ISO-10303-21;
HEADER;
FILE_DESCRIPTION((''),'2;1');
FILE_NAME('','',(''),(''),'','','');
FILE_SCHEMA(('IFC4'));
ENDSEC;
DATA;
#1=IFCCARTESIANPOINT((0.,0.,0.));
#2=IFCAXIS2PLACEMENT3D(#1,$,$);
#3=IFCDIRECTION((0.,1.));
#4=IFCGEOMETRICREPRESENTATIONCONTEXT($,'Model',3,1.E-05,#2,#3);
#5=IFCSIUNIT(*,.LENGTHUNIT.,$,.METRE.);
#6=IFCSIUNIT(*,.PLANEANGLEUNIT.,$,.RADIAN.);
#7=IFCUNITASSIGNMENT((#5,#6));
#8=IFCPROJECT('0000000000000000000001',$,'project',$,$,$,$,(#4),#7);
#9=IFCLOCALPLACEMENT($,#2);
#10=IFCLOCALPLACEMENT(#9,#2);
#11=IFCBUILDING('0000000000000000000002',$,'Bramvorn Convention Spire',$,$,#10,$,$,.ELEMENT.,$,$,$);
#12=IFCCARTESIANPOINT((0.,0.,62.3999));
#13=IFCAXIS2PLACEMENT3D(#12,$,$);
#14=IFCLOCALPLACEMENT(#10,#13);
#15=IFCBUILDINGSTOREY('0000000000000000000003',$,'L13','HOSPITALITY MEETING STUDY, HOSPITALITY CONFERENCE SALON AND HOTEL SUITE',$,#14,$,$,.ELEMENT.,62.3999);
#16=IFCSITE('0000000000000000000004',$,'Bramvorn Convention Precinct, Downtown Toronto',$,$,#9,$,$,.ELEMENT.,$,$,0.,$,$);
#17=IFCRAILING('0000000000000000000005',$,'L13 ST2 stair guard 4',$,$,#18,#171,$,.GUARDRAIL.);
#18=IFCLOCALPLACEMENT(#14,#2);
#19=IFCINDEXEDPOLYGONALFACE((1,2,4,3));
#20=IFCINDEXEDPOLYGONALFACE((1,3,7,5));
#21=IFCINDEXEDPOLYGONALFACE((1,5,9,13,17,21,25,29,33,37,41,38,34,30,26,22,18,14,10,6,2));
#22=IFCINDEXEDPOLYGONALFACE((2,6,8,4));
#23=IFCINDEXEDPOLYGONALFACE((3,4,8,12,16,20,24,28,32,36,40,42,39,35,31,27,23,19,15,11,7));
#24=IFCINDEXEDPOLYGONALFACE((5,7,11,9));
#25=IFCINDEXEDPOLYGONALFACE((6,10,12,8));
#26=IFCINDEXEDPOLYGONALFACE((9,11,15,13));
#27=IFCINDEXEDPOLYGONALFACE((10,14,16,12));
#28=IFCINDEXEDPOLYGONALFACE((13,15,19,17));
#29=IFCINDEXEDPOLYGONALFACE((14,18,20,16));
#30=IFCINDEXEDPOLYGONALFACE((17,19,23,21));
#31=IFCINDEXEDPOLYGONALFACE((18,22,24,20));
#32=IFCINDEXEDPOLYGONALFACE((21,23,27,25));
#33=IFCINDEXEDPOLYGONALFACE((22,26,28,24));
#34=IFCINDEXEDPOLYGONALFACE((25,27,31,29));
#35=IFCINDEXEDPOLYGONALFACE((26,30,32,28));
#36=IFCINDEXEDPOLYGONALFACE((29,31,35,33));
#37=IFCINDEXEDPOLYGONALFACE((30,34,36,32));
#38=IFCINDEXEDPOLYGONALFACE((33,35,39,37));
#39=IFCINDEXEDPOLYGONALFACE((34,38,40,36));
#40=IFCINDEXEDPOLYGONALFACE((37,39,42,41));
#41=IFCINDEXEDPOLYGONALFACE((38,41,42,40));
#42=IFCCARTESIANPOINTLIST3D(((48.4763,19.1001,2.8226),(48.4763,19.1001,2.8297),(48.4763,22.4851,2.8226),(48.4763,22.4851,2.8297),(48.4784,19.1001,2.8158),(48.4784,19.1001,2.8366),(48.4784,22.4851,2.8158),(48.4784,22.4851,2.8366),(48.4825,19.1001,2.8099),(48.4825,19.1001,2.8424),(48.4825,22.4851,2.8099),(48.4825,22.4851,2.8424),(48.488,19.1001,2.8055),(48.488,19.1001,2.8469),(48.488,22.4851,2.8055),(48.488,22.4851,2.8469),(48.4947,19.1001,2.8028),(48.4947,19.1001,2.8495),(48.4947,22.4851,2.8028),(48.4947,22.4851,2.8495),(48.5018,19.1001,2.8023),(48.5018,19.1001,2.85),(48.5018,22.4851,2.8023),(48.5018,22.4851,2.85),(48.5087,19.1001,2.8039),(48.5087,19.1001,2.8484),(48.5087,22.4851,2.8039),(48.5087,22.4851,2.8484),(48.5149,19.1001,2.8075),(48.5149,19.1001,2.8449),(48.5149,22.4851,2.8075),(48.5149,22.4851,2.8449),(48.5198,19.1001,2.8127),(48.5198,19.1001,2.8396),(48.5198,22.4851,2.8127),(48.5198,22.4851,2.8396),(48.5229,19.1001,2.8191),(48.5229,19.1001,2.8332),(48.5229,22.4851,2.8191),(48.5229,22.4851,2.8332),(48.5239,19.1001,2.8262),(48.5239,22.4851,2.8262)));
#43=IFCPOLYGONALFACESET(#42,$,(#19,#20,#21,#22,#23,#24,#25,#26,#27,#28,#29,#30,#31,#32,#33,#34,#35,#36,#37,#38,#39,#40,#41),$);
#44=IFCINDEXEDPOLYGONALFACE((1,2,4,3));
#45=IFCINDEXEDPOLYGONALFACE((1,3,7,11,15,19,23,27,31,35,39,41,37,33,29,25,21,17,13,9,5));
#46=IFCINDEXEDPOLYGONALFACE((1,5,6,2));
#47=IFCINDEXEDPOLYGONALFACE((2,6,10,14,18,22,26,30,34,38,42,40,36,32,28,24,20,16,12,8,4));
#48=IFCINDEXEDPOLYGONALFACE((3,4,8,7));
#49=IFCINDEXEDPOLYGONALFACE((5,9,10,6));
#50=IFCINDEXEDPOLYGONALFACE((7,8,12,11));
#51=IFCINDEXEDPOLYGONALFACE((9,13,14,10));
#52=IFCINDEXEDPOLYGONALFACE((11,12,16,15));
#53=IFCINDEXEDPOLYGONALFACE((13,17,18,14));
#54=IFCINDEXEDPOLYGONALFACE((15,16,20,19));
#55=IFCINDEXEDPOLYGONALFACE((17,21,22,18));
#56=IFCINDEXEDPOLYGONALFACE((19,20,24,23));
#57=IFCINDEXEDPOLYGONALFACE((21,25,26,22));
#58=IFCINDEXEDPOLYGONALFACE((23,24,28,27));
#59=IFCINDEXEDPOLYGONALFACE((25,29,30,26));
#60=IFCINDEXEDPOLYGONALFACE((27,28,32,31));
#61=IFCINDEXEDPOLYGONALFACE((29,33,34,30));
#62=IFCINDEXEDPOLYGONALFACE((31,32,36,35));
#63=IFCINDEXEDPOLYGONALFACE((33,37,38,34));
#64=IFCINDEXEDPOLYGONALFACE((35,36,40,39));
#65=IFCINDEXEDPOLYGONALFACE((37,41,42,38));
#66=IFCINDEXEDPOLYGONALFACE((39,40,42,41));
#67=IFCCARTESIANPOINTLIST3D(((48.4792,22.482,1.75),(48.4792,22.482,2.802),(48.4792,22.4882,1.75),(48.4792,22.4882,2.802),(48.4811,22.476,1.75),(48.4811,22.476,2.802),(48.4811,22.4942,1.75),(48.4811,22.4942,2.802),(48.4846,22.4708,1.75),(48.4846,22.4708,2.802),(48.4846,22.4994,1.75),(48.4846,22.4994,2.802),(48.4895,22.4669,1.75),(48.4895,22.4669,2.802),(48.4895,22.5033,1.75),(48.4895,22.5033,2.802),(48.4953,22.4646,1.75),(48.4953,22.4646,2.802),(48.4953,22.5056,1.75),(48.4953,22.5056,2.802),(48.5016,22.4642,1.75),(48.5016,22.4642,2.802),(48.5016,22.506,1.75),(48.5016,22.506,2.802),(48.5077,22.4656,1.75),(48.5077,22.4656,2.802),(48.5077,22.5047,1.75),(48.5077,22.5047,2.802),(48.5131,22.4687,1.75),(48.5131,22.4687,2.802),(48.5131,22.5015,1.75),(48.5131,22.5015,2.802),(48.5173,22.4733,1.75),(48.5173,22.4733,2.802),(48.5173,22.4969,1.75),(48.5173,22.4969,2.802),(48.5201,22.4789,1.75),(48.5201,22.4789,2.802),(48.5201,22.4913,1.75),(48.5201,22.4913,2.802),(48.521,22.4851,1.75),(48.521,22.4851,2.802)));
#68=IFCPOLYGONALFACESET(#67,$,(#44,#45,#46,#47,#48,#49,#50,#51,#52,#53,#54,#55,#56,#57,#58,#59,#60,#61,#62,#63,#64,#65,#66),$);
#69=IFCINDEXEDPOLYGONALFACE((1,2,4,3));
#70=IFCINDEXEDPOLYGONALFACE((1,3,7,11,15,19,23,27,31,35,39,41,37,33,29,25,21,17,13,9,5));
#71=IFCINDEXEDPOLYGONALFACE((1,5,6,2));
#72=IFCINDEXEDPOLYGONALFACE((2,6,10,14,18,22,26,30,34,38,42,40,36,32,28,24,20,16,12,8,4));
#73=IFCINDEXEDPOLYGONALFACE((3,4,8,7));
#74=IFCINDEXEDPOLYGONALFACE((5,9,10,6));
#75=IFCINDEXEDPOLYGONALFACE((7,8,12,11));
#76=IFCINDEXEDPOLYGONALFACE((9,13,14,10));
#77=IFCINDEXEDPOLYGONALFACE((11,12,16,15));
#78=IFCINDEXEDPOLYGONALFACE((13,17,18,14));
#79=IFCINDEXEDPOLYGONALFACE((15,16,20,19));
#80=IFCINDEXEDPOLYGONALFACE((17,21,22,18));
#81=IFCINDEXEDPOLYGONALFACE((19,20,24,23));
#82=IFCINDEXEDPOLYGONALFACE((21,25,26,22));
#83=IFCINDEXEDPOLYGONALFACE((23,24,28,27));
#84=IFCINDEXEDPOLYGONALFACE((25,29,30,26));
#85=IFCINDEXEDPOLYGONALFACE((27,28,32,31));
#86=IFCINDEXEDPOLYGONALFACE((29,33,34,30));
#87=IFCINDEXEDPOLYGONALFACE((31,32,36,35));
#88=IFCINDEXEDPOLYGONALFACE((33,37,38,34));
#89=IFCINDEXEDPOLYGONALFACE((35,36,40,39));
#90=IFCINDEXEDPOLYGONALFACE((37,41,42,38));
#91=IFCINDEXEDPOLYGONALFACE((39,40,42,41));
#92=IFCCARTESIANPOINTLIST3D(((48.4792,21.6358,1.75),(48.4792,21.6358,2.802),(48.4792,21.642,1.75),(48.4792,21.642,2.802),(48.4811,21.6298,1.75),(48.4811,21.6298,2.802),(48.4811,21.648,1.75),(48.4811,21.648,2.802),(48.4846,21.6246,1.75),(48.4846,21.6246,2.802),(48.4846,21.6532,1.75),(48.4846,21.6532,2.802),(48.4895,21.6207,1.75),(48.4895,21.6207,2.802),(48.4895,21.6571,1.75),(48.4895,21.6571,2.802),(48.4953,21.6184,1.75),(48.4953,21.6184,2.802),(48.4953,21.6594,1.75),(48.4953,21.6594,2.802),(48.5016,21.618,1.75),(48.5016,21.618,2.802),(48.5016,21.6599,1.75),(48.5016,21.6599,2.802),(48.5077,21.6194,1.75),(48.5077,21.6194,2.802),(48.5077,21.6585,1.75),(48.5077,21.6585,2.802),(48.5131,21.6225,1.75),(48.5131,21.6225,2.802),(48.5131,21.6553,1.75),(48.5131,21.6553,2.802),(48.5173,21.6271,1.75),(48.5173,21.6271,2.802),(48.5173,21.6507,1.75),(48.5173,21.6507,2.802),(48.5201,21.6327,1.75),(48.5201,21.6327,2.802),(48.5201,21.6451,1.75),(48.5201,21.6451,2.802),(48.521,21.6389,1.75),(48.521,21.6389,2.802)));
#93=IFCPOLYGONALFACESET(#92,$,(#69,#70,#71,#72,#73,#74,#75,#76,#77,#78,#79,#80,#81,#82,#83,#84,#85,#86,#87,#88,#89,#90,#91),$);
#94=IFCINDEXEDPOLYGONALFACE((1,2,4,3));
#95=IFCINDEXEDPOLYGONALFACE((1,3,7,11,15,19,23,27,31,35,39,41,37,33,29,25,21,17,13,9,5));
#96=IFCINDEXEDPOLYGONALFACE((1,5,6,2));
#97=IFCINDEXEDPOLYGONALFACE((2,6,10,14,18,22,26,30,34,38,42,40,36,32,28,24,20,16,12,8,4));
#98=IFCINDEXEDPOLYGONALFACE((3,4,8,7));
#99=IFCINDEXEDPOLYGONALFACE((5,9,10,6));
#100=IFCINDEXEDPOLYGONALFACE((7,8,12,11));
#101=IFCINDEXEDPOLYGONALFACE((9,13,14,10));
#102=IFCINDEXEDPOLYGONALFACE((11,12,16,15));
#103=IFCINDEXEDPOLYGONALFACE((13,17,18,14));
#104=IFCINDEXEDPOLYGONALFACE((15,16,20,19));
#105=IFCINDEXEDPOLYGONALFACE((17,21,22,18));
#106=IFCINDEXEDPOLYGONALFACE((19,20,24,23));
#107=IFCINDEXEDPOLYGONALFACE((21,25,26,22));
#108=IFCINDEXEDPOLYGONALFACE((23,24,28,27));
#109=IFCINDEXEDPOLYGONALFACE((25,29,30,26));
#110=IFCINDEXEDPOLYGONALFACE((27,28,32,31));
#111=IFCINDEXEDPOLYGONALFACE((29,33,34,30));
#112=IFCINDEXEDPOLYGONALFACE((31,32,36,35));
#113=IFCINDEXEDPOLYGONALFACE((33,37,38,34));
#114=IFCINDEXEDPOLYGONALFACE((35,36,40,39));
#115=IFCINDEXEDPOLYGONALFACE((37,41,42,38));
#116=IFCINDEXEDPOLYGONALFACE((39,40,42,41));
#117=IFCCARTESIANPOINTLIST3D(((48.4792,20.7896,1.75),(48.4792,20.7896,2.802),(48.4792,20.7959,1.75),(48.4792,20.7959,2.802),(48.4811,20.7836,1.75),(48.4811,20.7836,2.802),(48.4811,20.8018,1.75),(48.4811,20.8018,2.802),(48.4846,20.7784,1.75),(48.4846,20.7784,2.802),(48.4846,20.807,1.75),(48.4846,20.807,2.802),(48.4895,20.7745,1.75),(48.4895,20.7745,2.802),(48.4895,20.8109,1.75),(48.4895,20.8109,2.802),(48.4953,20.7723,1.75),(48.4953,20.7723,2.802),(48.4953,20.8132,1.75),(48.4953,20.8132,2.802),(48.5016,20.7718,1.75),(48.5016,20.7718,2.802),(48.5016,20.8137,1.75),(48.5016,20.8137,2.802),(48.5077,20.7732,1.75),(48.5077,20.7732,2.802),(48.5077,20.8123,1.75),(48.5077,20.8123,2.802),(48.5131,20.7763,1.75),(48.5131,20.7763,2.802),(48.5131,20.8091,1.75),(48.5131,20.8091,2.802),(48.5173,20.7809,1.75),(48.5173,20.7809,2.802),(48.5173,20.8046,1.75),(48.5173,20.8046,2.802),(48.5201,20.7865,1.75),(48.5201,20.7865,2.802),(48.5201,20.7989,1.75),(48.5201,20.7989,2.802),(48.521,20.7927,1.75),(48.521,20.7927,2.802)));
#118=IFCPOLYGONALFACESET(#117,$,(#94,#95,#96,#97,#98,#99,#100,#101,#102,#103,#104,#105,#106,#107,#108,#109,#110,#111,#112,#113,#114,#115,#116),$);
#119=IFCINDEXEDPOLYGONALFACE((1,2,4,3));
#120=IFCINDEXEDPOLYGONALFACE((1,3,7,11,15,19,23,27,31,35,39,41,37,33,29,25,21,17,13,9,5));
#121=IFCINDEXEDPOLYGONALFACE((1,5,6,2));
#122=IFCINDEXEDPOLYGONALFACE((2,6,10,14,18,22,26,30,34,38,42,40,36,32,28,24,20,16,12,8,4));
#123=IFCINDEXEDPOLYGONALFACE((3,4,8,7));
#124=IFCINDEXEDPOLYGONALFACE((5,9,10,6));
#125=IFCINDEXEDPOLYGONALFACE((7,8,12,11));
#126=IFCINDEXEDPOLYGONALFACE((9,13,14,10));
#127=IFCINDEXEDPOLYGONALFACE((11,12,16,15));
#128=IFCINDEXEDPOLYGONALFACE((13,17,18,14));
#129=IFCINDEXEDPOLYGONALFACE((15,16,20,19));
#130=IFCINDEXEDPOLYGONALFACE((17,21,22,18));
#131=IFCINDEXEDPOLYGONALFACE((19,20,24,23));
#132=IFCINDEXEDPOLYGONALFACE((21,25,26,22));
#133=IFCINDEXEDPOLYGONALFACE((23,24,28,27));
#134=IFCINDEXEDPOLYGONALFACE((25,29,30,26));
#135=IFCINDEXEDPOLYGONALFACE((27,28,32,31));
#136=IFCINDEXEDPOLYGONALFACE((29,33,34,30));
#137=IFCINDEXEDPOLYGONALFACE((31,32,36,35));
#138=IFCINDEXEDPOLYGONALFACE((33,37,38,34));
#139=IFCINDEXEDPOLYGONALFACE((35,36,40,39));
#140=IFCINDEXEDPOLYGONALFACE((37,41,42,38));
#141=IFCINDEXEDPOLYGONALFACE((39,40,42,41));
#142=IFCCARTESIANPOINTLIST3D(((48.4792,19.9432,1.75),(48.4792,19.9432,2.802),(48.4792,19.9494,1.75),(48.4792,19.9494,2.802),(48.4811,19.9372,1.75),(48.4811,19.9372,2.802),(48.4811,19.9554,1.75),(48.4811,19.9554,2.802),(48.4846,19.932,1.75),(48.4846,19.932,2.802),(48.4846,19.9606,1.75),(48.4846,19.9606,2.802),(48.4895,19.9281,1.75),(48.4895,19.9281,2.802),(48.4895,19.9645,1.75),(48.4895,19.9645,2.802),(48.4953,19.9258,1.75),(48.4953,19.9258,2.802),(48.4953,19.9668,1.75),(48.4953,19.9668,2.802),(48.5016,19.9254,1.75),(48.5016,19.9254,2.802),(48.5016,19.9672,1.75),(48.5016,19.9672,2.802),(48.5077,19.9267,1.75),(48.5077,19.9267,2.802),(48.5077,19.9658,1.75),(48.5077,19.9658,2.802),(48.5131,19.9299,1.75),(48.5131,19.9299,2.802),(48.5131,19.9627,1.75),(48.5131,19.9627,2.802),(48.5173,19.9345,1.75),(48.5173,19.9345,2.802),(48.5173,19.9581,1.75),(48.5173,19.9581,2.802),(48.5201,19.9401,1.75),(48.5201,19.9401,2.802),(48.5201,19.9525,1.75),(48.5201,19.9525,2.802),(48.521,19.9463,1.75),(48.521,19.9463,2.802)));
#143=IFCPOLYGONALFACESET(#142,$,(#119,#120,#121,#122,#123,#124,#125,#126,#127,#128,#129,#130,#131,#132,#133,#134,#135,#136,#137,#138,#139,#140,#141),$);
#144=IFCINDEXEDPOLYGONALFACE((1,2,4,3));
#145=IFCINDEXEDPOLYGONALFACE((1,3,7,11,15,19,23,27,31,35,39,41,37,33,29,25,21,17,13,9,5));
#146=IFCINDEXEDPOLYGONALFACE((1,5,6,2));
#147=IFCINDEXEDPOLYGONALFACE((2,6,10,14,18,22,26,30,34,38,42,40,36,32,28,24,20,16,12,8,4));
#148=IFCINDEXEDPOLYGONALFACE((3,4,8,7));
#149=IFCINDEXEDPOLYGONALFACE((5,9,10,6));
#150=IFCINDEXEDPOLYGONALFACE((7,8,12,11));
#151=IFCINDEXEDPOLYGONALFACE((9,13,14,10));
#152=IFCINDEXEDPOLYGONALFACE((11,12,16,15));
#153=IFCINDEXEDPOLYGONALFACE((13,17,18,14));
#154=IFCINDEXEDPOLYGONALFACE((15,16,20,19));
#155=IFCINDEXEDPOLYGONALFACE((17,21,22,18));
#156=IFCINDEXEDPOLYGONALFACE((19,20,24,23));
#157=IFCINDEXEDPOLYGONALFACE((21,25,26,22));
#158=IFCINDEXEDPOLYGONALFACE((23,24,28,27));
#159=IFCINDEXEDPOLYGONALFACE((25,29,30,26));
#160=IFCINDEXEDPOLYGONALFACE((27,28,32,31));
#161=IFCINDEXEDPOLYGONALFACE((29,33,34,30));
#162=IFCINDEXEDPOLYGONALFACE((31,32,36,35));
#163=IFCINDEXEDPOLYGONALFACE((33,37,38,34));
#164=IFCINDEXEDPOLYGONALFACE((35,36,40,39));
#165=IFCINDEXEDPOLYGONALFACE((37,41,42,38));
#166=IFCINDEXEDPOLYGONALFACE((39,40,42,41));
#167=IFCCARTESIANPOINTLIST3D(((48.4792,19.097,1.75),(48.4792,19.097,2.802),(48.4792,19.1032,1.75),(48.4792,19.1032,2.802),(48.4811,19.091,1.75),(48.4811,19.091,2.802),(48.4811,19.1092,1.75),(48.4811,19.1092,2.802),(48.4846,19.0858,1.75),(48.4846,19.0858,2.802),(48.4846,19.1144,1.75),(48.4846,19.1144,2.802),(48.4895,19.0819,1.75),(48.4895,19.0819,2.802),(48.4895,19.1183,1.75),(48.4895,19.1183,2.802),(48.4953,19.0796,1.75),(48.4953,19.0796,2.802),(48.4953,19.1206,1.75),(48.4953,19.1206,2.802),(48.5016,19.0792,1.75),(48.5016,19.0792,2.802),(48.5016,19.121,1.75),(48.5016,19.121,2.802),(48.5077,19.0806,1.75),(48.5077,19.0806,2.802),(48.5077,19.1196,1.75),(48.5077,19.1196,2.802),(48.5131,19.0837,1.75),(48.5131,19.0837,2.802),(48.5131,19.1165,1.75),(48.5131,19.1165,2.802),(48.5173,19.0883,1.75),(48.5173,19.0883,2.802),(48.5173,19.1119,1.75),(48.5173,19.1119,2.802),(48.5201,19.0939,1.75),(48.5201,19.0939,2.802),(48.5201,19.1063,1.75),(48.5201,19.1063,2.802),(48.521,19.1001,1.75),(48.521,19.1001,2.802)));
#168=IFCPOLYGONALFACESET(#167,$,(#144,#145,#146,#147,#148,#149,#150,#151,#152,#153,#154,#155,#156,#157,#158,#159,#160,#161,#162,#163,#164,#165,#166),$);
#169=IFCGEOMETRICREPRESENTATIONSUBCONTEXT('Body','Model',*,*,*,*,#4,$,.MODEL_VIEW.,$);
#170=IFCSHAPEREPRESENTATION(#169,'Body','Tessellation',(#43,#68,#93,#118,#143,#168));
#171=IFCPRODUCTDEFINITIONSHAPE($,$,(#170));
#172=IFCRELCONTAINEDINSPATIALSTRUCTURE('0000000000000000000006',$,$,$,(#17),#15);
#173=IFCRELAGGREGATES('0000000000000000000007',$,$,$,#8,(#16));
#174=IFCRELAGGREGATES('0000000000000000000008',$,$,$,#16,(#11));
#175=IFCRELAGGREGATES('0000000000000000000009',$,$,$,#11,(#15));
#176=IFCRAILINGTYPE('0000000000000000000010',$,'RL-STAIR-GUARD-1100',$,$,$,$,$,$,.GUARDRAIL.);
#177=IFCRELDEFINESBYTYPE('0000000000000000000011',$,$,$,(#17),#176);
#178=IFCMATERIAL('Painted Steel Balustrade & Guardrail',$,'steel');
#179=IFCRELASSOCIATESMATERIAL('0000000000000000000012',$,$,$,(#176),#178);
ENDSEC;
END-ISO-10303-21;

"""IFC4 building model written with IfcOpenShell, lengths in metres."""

from ifc_helpers import new_model, si_unit, direction, frame, origin, origin_2d, place, context, subcontext, project, spatial, circle, extrude, material, type_object, element, save


model = new_model("IFC4")

# Units and contexts
model_context = context("Model", 3, precision=1e-05, world=origin(), true_north=direction((0.0, 1.0)))
body_context = subcontext(model_context, "Body", "Model", "MODEL_VIEW")
ifc_project = project(units=[si_unit("LENGTHUNIT", "METRE"), si_unit("PLANEANGLEUNIT", "RADIAN")], contexts=[model_context])

# Site, building, storey
site_placement = place(None, origin())
site = spatial("IfcSite", under=ifc_project, at=site_placement, Name="Bramvorn Convention Precinct, Downtown Toronto", CompositionType="ELEMENT", RefElevation=0.0)
building_placement = place(site_placement, origin())
building = spatial("IfcBuilding", under=site, at=building_placement, Name="Bramvorn Convention Spire", CompositionType="ELEMENT")
storey_placement = place(building_placement, frame((0.0, 0.0, 62.3999)))
storey = spatial("IfcBuildingStorey", under=building, at=storey_placement, Name="L13", Description="HOSPITALITY MEETING STUDY, HOSPITALITY CONFERENCE SALON AND HOTEL SUITE", CompositionType="ELEMENT", Elevation=62.3999)

# Railing
ifc_material_1 = material(Name="Painted Steel Balustrade & Guardrail", Category="steel")
railing_type_1 = type_object("IfcRailingType", Name="RL-STAIR-GUARD-1100", PredefinedType="GUARDRAIL", material=ifc_material_1)
railing_1_placement = place(storey_placement, frame((48.5, 22.4851, 1.75)))
element("IfcRailing", 1, at=railing_1_placement, inside=storey, type_object=railing_type_1, Name="L13 ST2 stair guard 4", PredefinedType="GUARDRAIL", context=body_context, shape_type="SweptSolid", body=[
    extrude(circle(Radius=0.0239, at=origin_2d()), frame((0.0, 0.0, 1.0762), z_axis=(0.0, -1.0, 0.0), x_axis=(1.0, 0.0, 0.0)), (0.0, 0.0, 1.0), 3.385),
    extrude(circle(Radius=0.021, at=origin_2d()), origin(), (0.0, 0.0, 1.0), 1.052),
    extrude(circle(Radius=0.021, at=origin_2d()), frame((0.0, -0.8462, 0.0)), (0.0, 0.0, 1.0), 1.052),
    extrude(circle(Radius=0.021, at=origin_2d()), frame((0.0, -1.6924, 0.0)), (0.0, 0.0, 1.0), 1.052),
    extrude(circle(Radius=0.021, at=origin_2d()), frame((0.0, -2.5388, 0.0)), (0.0, 0.0, 1.0), 1.052),
    extrude(circle(Radius=0.021, at=origin_2d()), frame((0.0, -3.385, 0.0)), (0.0, 0.0, 1.0), 1.052),
])

save(model, "model.ifc")
